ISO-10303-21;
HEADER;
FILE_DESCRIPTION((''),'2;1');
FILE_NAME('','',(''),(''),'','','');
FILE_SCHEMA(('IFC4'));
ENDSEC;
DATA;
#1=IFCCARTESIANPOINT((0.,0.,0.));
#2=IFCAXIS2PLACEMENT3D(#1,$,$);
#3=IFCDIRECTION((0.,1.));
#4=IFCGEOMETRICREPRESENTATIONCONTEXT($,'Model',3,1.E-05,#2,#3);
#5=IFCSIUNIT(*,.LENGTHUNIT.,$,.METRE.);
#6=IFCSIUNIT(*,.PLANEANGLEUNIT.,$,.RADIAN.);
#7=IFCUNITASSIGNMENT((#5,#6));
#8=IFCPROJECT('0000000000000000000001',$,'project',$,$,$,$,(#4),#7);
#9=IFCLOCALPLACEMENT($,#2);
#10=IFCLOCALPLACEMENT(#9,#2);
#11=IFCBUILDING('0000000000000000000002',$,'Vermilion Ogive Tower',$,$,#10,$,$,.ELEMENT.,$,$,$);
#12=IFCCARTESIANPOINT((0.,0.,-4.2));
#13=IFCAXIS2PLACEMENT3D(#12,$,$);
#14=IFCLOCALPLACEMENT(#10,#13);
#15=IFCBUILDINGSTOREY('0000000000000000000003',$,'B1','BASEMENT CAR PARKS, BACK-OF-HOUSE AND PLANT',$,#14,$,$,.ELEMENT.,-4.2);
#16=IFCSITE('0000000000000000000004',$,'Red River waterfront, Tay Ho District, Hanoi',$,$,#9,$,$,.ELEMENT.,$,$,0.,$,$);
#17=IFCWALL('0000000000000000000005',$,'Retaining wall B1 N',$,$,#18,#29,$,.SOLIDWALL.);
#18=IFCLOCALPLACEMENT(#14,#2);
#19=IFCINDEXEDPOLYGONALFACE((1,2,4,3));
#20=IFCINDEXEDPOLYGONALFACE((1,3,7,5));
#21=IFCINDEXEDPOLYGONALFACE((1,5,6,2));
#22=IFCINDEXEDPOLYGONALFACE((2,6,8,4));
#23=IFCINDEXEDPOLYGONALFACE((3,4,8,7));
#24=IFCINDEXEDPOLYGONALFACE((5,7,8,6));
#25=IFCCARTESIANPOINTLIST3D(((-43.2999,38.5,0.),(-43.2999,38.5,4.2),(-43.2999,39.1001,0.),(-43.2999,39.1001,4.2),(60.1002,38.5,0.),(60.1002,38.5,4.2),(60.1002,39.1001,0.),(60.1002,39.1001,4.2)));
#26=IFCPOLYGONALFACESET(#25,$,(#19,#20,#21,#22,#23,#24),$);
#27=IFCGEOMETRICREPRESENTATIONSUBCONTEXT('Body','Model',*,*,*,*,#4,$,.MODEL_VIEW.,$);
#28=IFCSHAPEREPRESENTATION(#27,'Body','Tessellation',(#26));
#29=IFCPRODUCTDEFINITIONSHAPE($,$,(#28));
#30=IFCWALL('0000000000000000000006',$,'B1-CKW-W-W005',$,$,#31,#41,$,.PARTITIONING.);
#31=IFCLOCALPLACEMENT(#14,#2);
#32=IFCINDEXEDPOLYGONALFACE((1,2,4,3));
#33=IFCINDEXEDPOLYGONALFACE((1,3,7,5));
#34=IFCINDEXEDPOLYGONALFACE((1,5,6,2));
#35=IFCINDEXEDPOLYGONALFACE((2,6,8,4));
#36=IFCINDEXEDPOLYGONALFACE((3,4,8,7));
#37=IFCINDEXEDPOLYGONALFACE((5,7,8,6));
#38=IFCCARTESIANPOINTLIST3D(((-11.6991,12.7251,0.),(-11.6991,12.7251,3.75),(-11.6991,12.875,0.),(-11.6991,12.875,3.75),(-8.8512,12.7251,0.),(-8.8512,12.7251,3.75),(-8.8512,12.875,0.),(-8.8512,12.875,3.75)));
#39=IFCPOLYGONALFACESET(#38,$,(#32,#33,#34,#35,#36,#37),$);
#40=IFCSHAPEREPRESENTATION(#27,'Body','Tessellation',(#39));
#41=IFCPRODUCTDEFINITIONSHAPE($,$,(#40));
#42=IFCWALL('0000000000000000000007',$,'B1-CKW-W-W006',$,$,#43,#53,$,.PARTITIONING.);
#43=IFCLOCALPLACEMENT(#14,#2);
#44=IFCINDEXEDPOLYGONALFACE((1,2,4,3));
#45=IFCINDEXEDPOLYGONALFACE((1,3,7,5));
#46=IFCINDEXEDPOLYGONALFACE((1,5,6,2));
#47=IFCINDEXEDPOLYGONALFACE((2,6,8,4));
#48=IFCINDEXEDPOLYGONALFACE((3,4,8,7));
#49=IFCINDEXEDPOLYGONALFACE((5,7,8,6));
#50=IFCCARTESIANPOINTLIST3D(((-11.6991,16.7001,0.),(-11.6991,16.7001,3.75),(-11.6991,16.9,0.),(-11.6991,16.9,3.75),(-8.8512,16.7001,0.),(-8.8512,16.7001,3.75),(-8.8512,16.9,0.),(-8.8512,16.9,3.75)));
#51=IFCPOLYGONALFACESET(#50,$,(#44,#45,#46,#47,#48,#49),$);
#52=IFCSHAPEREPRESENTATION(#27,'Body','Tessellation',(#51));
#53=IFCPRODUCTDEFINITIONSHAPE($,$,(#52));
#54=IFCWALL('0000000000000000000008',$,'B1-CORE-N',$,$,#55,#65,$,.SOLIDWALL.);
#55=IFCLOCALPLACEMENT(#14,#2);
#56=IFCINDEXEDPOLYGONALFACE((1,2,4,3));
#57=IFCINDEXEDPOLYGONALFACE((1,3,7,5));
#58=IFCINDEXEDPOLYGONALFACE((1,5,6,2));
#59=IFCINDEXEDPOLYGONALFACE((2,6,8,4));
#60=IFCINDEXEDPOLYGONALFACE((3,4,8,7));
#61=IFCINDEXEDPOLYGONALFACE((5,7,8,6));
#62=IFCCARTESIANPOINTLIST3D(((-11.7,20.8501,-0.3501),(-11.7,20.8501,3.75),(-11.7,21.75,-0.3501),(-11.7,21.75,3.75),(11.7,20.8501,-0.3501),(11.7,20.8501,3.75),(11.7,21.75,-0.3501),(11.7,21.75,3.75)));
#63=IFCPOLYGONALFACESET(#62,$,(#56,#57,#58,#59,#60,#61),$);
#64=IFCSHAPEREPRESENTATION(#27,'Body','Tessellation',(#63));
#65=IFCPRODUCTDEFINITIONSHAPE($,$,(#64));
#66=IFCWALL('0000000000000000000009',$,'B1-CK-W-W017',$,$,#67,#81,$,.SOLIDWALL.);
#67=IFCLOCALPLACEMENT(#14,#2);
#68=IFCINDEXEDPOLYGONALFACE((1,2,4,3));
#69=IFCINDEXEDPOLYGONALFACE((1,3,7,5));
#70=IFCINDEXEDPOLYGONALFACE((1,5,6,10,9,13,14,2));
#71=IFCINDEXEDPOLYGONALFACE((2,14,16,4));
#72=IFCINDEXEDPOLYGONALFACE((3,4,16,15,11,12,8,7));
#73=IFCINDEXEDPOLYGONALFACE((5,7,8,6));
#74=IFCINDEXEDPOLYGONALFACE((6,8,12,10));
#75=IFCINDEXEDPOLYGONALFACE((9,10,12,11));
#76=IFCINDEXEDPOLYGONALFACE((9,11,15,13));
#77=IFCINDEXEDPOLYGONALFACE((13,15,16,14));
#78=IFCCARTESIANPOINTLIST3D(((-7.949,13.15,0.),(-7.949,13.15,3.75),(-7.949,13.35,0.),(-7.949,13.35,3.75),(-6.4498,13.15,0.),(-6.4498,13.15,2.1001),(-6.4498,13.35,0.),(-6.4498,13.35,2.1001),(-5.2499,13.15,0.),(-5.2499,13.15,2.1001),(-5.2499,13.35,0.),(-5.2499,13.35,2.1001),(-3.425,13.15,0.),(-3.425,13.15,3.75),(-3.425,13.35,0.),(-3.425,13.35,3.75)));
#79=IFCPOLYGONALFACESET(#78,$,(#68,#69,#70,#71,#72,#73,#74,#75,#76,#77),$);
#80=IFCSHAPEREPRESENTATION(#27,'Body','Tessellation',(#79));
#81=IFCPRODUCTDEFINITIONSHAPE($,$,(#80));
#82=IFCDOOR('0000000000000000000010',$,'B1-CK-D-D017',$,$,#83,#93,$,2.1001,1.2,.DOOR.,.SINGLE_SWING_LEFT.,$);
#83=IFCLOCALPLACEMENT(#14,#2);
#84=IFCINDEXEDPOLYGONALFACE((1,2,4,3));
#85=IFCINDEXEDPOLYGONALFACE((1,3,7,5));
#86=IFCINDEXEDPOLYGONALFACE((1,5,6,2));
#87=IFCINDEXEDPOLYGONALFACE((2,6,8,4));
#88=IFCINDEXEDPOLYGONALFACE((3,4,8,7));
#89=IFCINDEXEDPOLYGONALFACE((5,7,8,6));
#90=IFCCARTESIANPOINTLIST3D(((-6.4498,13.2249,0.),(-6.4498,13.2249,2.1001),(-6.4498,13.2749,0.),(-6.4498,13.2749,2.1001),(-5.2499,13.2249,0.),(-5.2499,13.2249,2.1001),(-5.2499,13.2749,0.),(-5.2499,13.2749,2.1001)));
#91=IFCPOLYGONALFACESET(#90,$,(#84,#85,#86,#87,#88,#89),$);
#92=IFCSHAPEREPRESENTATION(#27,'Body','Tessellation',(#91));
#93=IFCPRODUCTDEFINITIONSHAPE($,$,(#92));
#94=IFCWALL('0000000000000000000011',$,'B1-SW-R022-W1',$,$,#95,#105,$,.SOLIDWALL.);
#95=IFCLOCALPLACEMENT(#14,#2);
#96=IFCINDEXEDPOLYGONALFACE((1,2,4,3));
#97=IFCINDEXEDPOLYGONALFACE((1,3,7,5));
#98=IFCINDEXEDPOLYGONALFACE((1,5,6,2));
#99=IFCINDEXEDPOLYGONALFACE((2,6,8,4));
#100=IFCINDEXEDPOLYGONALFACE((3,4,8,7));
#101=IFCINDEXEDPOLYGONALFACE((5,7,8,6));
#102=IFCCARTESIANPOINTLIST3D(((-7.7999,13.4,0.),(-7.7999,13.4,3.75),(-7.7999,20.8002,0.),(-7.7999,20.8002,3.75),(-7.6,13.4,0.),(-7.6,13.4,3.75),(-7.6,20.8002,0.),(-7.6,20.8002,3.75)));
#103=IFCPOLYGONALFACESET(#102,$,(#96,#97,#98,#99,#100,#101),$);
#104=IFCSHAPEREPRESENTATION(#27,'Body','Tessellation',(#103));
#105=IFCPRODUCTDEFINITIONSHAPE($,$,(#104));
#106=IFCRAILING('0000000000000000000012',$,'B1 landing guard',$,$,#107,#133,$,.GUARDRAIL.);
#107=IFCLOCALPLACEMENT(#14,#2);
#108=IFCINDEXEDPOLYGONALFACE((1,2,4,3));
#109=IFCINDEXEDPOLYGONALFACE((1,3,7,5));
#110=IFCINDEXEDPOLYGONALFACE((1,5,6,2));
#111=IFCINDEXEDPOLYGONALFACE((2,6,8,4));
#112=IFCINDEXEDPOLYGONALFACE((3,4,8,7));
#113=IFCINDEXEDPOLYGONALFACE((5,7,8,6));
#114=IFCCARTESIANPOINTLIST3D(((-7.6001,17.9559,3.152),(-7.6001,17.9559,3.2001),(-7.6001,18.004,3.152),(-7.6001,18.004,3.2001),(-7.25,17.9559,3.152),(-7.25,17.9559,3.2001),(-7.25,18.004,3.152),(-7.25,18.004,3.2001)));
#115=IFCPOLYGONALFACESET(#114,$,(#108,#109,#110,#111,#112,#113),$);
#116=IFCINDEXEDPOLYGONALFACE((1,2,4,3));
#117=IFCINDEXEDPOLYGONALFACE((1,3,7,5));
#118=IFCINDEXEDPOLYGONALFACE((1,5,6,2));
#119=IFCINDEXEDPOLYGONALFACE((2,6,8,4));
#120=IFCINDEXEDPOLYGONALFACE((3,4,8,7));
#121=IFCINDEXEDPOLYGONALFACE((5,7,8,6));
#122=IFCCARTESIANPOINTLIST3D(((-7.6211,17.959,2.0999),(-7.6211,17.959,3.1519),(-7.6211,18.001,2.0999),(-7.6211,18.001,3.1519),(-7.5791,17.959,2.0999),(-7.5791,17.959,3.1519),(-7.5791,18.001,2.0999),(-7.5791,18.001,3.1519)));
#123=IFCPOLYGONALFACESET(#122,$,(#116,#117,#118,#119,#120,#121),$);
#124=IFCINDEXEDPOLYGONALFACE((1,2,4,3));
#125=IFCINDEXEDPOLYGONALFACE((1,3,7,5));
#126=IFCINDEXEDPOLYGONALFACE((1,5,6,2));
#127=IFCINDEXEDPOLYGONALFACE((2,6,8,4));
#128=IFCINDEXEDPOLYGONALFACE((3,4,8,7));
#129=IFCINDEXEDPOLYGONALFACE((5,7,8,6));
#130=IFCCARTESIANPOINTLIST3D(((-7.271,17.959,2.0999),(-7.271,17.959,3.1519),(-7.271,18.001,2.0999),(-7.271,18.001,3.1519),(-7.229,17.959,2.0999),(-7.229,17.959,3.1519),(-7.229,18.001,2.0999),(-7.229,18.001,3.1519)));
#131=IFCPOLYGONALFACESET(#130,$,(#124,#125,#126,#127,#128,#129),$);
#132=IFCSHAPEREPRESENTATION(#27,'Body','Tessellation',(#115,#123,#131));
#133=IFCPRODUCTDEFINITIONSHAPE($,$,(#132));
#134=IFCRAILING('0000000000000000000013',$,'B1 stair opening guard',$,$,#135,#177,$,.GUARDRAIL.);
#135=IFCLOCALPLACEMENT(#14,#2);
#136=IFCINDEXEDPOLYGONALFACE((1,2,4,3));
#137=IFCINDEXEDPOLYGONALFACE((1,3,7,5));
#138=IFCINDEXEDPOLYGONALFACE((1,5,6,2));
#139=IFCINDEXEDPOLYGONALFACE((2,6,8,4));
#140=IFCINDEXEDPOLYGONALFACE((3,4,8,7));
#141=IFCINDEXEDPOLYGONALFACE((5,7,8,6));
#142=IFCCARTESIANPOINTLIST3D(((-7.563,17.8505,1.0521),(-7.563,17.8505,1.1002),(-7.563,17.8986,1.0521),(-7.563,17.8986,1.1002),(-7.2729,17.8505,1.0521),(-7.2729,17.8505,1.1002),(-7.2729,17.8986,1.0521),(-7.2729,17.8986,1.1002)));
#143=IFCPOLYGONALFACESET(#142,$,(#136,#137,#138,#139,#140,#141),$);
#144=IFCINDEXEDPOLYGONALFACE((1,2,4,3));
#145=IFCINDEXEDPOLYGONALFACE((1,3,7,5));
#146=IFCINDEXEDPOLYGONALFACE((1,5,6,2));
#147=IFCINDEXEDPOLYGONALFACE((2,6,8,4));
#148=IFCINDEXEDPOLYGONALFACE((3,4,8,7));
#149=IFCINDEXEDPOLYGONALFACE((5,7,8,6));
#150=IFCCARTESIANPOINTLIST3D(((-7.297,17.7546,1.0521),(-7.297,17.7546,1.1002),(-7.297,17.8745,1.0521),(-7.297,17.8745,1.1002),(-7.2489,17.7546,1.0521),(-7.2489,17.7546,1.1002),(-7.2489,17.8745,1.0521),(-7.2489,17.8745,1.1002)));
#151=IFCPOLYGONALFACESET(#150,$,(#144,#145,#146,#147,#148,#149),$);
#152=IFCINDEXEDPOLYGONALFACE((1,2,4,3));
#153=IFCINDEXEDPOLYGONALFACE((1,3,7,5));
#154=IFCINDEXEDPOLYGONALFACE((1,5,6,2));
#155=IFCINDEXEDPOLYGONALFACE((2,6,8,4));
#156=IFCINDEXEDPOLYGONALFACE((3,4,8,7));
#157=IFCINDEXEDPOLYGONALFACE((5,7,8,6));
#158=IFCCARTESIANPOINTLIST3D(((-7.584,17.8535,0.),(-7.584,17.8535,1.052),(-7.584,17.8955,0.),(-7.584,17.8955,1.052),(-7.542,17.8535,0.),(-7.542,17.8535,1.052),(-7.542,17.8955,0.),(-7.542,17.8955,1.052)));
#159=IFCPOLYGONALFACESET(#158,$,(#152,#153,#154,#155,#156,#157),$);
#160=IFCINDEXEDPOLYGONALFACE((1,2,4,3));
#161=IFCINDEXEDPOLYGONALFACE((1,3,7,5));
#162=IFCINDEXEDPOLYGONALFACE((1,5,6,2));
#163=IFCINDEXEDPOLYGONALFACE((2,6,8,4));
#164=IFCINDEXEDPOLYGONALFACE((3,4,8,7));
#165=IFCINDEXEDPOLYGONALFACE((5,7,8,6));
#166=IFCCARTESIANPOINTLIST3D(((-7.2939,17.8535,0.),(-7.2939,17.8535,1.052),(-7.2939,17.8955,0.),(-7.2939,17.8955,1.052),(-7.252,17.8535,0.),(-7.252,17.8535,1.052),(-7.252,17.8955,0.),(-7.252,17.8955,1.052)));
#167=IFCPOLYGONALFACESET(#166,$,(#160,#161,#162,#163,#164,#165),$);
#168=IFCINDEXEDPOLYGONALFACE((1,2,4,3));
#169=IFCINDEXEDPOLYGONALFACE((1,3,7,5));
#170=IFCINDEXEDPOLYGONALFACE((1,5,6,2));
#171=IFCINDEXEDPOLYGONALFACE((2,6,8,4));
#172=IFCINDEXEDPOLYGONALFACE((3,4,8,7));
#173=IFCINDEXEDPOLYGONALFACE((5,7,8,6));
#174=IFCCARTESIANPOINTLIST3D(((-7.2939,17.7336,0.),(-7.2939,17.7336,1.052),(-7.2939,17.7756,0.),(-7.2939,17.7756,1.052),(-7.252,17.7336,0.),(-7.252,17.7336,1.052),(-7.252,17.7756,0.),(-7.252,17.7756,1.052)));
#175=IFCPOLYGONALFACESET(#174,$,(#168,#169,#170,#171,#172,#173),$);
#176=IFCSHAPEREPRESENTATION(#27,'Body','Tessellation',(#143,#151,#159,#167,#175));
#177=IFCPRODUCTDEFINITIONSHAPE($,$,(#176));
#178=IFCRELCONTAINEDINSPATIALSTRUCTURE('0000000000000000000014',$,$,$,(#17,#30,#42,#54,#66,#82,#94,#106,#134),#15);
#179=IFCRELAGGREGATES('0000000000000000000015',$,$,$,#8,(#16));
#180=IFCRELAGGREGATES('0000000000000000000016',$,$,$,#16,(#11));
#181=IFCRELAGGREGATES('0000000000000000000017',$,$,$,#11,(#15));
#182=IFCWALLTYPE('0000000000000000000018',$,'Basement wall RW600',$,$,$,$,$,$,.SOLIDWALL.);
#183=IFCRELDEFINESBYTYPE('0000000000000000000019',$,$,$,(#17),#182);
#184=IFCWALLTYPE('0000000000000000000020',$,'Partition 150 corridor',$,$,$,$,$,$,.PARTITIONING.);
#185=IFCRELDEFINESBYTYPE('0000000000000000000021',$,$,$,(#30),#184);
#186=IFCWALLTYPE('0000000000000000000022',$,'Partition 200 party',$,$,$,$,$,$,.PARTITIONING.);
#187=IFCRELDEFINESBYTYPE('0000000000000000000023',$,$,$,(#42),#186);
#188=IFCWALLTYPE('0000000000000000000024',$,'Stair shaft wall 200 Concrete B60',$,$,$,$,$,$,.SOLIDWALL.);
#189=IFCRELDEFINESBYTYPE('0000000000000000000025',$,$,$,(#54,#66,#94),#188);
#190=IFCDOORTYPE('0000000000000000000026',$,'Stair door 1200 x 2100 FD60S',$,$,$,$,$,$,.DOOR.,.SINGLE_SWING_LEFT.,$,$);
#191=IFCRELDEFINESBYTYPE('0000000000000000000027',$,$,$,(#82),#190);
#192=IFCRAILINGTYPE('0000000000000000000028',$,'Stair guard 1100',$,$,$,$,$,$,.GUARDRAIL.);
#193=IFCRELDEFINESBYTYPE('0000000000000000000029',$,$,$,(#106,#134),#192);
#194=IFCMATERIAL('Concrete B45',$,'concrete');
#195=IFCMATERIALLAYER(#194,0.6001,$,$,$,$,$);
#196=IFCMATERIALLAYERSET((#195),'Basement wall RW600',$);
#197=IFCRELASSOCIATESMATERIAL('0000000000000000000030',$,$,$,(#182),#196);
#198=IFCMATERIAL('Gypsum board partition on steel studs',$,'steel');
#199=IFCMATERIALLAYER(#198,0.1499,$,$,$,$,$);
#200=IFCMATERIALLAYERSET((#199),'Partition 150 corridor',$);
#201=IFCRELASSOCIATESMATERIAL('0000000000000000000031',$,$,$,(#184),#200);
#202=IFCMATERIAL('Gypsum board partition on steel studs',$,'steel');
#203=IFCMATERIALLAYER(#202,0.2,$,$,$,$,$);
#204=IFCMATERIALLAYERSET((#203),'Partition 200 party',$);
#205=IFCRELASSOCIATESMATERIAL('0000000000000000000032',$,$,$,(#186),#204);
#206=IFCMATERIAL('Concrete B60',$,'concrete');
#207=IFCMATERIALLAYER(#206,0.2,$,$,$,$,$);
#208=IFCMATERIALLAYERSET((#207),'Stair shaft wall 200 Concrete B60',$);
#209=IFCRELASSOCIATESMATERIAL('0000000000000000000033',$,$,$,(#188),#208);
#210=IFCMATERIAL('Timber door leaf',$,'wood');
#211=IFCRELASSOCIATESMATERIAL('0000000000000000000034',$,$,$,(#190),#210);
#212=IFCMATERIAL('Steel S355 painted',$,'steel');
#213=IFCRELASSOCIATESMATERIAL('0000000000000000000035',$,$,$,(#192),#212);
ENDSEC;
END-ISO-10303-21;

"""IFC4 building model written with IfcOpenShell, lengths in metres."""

from ifc_helpers import new_model, si_unit, direction, frame, frame_2d, origin, origin_2d, place, context, subcontext, project, spatial, rectangle, extrude, material, layer, layer_set, type_object, element, fill, save


model = new_model("IFC4")

# Units and contexts
model_context = context("Model", 3, precision=1e-05, world=origin(), true_north=direction((0.0, 1.0)))
body_context = subcontext(model_context, "Body", "Model", "MODEL_VIEW")
ifc_project = project(units=[si_unit("LENGTHUNIT", "METRE"), si_unit("PLANEANGLEUNIT", "RADIAN")], contexts=[model_context])

# Site, building, storey
site_placement = place(None, origin())
site = spatial("IfcSite", under=ifc_project, at=site_placement, Name="Red River waterfront, Tay Ho District, Hanoi", CompositionType="ELEMENT", RefElevation=0.0)
building_placement = place(site_placement, origin())
building = spatial("IfcBuilding", under=site, at=building_placement, Name="Vermilion Ogive Tower", CompositionType="ELEMENT")
storey_placement = place(building_placement, frame((0.0, 0.0, -4.2)))
storey = spatial("IfcBuildingStorey", under=building, at=storey_placement, Name="B1", Description="BASEMENT CAR PARKS, BACK-OF-HOUSE AND PLANT", CompositionType="ELEMENT", Elevation=-4.2)

# Walls
ifc_material_1 = material(Name="Concrete B45", Category="concrete")
ifc_layer_1 = layer(ifc_material_1, 0.6001)
ifc_layer_set_1 = layer_set([ifc_layer_1], Name="Basement wall RW600")
wall_type_1 = type_object("IfcWallType", Name="Basement wall RW600", PredefinedType="SOLIDWALL", material=ifc_layer_set_1)
wall_1_placement = place(storey_placement, frame((-43.3, 38.8, 0.0), z_axis=(0.0, 0.0, 1.0), x_axis=(1.0, 0.0, 0.0)))
element("IfcWall", 1, at=wall_1_placement, inside=storey, type_object=wall_type_1, Name="Retaining wall B1 N", PredefinedType="SOLIDWALL", context=body_context, shape_type="SweptSolid", body=[
    extrude(rectangle(XDim=103.4001, YDim=0.6001, at=frame_2d((51.7002, 0.0))), origin(), (0.0, 0.0, 1.0), 4.2),
])
ifc_material_2 = material(Name="Gypsum board partition on steel studs", Category="steel")
ifc_layer_2 = layer(ifc_material_2, 0.1499)
ifc_layer_set_2 = layer_set([ifc_layer_2], Name="Partition 150 corridor")
wall_type_2 = type_object("IfcWallType", Name="Partition 150 corridor", PredefinedType="PARTITIONING", material=ifc_layer_set_2)
wall_2_placement = place(storey_placement, frame((-11.699, 12.8, 0.0), z_axis=(0.0, 0.0, 1.0), x_axis=(1.0, 0.0, 0.0)))
element("IfcWall", 2, at=wall_2_placement, inside=storey, type_object=wall_type_2, Name="B1-CKW-W-W005", PredefinedType="PARTITIONING", context=body_context, shape_type="SweptSolid", body=[
    extrude(rectangle(XDim=2.8479, YDim=0.1499, at=frame_2d((1.4238, 0.0))), origin(), (0.0, 0.0, 1.0), 3.75),
])
ifc_material_3 = material(Name="Gypsum board partition on steel studs", Category="steel")
ifc_layer_3 = layer(ifc_material_3, 0.2)
ifc_layer_set_3 = layer_set([ifc_layer_3], Name="Partition 200 party")
wall_type_3 = type_object("IfcWallType", Name="Partition 200 party", PredefinedType="PARTITIONING", material=ifc_layer_set_3)
wall_3_placement = place(storey_placement, frame((-11.699, 16.8, 0.0), z_axis=(0.0, 0.0, 1.0), x_axis=(1.0, 0.0, 0.0)))
element("IfcWall", 3, at=wall_3_placement, inside=storey, type_object=wall_type_3, Name="B1-CKW-W-W006", PredefinedType="PARTITIONING", context=body_context, shape_type="SweptSolid", body=[
    extrude(rectangle(XDim=2.8479, YDim=0.2, at=frame_2d((1.4238, 0.0))), origin(), (0.0, 0.0, 1.0), 3.75),
])
ifc_material_4 = material(Name="Concrete B60", Category="concrete")
ifc_layer_4 = layer(ifc_material_4, 0.2)
ifc_layer_set_4 = layer_set([ifc_layer_4], Name="Stair shaft wall 200 Concrete B60")
wall_type_4 = type_object("IfcWallType", Name="Stair shaft wall 200 Concrete B60", PredefinedType="SOLIDWALL", material=ifc_layer_set_4)
wall_4_placement = place(storey_placement, frame((-11.7, 21.3, -0.3501), z_axis=(0.0, 0.0, 1.0), x_axis=(1.0, 0.0, 0.0)))
element("IfcWall", 4, at=wall_4_placement, inside=storey, type_object=wall_type_4, Name="B1-CORE-N", PredefinedType="SOLIDWALL", context=body_context, shape_type="SweptSolid", body=[
    extrude(rectangle(XDim=23.3999, YDim=0.8999, at=frame_2d((11.7, 0.0))), origin(), (0.0, 0.0, 1.0), 4.1001),
])

# Wall, opening, door
wall_5_placement = place(storey_placement, frame((-7.949, 13.25, 0.0), z_axis=(0.0, 0.0, 1.0), x_axis=(1.0, 0.0, 0.0)))
wall_5 = element("IfcWall", 5, at=wall_5_placement, inside=storey, type_object=wall_type_4, Name="B1-CK-W-W017", PredefinedType="SOLIDWALL", context=body_context, shape_type="SweptSolid", body=[
    extrude(rectangle(XDim=4.5239, YDim=0.2, at=frame_2d((2.262, 0.0))), origin(), (0.0, 0.0, 1.0), 3.75),
])
opening_placement = place(wall_5_placement, frame((1.499, 0.0, 0.0)))
opening = element("IfcOpeningElement", 6, at=opening_placement, cuts=wall_5, PredefinedType="OPENING", context=body_context, shape_type="SweptSolid", body=[
    extrude(rectangle(XDim=1.2, YDim=2.1001, at=frame_2d((0.6001, 1.05))), frame((0.0, 0.1099, 0.0), z_axis=(0.0, -1.0, 0.0), x_axis=(1.0, 0.0, 0.0)), (0.0, 0.0, 1.0), 0.22),
])
ifc_material_5 = material(Name="Timber door leaf", Category="wood")
door_type = type_object("IfcDoorType", Name="Stair door 1200 x 2100 FD60S", OperationType="SINGLE_SWING_LEFT", PredefinedType="DOOR", material=ifc_material_5)
door_placement = place(opening_placement, origin())
door = element("IfcDoor", 7, at=door_placement, inside=storey, type_object=door_type, Name="B1-CK-D-D017", OperationType="SINGLE_SWING_LEFT", OverallHeight=2.1001, OverallWidth=1.2, PredefinedType="DOOR", context=body_context, shape_type="SweptSolid", body=[
    extrude(rectangle(XDim=1.2, YDim=2.1001, at=frame_2d((0.6001, 1.05))), frame((0.0, 0.0249, 0.0), z_axis=(0.0, -1.0, 0.0), x_axis=(1.0, 0.0, 0.0)), (0.0, 0.0, 1.0), 0.05),
])
fill(opening, door)

# Wall
wall_6_placement = place(storey_placement, frame((-7.7, 13.3999, 0.0), z_axis=(0.0, 0.0, 1.0), x_axis=(0.0, 1.0, 0.0)))
element("IfcWall", 8, at=wall_6_placement, inside=storey, type_object=wall_type_4, Name="B1-SW-R022-W1", PredefinedType="SOLIDWALL", context=body_context, shape_type="SweptSolid", body=[
    extrude(rectangle(XDim=7.4001, YDim=0.2, at=frame_2d((3.7002, 0.0))), origin(), (0.0, 0.0, 1.0), 3.75),
])

# Railings
ifc_material_6 = material(Name="Steel S355 painted", Category="steel")
railing_type = type_object("IfcRailingType", Name="Stair guard 1100", PredefinedType="GUARDRAIL", material=ifc_material_6)
railing_1_placement = place(storey_placement, frame((-7.6001, 17.98, 2.0999)))
element("IfcRailing", 9, at=railing_1_placement, inside=storey, type_object=railing_type, Name="B1 landing guard", PredefinedType="GUARDRAIL", context=body_context, shape_type="SweptSolid", body=[
    extrude(rectangle(XDim=0.0481, YDim=0.0481, at=origin_2d()), frame((0.0, 0.0, 1.0762), z_axis=(1.0, 0.0, 0.0), x_axis=(0.0, 1.0, 0.0)), (0.0, 0.0, 1.0), 0.3501),
    extrude(rectangle(XDim=0.042, YDim=0.042, at=origin_2d()), origin(), (0.0, 0.0, 1.0), 1.052),
    extrude(rectangle(XDim=0.042, YDim=0.042, at=origin_2d()), frame((0.3501, 0.0, 0.0)), (0.0, 0.0, 1.0), 1.052),
])
railing_2_placement = place(storey_placement, frame((-7.563, 17.8745, 0.0)))
element("IfcRailing", 10, at=railing_2_placement, inside=storey, type_object=railing_type, Name="B1 stair opening guard", PredefinedType="GUARDRAIL", context=body_context, shape_type="SweptSolid", body=[
    extrude(rectangle(XDim=0.0481, YDim=0.0481, at=origin_2d()), frame((0.0, 0.0, 1.0762), z_axis=(1.0, 0.0, 0.0), x_axis=(0.0, 1.0, 0.0)), (0.0, 0.0, 1.0), 0.29),
    extrude(rectangle(XDim=0.0481, YDim=0.0481, at=origin_2d()), frame((0.29, 0.0, 1.0762), z_axis=(0.0, -1.0, 0.0), x_axis=(1.0, 0.0, 0.0)), (0.0, 0.0, 1.0), 0.1199),
    extrude(rectangle(XDim=0.042, YDim=0.042, at=origin_2d()), origin(), (0.0, 0.0, 1.0), 1.052),
    extrude(rectangle(XDim=0.042, YDim=0.042, at=origin_2d()), frame((0.29, 0.0, 0.0)), (0.0, 0.0, 1.0), 1.052),
    extrude(rectangle(XDim=0.042, YDim=0.042, at=origin_2d()), frame((0.29, -0.1199, 0.0)), (0.0, 0.0, 1.0), 1.052),
])

save(model, "model.ifc")
